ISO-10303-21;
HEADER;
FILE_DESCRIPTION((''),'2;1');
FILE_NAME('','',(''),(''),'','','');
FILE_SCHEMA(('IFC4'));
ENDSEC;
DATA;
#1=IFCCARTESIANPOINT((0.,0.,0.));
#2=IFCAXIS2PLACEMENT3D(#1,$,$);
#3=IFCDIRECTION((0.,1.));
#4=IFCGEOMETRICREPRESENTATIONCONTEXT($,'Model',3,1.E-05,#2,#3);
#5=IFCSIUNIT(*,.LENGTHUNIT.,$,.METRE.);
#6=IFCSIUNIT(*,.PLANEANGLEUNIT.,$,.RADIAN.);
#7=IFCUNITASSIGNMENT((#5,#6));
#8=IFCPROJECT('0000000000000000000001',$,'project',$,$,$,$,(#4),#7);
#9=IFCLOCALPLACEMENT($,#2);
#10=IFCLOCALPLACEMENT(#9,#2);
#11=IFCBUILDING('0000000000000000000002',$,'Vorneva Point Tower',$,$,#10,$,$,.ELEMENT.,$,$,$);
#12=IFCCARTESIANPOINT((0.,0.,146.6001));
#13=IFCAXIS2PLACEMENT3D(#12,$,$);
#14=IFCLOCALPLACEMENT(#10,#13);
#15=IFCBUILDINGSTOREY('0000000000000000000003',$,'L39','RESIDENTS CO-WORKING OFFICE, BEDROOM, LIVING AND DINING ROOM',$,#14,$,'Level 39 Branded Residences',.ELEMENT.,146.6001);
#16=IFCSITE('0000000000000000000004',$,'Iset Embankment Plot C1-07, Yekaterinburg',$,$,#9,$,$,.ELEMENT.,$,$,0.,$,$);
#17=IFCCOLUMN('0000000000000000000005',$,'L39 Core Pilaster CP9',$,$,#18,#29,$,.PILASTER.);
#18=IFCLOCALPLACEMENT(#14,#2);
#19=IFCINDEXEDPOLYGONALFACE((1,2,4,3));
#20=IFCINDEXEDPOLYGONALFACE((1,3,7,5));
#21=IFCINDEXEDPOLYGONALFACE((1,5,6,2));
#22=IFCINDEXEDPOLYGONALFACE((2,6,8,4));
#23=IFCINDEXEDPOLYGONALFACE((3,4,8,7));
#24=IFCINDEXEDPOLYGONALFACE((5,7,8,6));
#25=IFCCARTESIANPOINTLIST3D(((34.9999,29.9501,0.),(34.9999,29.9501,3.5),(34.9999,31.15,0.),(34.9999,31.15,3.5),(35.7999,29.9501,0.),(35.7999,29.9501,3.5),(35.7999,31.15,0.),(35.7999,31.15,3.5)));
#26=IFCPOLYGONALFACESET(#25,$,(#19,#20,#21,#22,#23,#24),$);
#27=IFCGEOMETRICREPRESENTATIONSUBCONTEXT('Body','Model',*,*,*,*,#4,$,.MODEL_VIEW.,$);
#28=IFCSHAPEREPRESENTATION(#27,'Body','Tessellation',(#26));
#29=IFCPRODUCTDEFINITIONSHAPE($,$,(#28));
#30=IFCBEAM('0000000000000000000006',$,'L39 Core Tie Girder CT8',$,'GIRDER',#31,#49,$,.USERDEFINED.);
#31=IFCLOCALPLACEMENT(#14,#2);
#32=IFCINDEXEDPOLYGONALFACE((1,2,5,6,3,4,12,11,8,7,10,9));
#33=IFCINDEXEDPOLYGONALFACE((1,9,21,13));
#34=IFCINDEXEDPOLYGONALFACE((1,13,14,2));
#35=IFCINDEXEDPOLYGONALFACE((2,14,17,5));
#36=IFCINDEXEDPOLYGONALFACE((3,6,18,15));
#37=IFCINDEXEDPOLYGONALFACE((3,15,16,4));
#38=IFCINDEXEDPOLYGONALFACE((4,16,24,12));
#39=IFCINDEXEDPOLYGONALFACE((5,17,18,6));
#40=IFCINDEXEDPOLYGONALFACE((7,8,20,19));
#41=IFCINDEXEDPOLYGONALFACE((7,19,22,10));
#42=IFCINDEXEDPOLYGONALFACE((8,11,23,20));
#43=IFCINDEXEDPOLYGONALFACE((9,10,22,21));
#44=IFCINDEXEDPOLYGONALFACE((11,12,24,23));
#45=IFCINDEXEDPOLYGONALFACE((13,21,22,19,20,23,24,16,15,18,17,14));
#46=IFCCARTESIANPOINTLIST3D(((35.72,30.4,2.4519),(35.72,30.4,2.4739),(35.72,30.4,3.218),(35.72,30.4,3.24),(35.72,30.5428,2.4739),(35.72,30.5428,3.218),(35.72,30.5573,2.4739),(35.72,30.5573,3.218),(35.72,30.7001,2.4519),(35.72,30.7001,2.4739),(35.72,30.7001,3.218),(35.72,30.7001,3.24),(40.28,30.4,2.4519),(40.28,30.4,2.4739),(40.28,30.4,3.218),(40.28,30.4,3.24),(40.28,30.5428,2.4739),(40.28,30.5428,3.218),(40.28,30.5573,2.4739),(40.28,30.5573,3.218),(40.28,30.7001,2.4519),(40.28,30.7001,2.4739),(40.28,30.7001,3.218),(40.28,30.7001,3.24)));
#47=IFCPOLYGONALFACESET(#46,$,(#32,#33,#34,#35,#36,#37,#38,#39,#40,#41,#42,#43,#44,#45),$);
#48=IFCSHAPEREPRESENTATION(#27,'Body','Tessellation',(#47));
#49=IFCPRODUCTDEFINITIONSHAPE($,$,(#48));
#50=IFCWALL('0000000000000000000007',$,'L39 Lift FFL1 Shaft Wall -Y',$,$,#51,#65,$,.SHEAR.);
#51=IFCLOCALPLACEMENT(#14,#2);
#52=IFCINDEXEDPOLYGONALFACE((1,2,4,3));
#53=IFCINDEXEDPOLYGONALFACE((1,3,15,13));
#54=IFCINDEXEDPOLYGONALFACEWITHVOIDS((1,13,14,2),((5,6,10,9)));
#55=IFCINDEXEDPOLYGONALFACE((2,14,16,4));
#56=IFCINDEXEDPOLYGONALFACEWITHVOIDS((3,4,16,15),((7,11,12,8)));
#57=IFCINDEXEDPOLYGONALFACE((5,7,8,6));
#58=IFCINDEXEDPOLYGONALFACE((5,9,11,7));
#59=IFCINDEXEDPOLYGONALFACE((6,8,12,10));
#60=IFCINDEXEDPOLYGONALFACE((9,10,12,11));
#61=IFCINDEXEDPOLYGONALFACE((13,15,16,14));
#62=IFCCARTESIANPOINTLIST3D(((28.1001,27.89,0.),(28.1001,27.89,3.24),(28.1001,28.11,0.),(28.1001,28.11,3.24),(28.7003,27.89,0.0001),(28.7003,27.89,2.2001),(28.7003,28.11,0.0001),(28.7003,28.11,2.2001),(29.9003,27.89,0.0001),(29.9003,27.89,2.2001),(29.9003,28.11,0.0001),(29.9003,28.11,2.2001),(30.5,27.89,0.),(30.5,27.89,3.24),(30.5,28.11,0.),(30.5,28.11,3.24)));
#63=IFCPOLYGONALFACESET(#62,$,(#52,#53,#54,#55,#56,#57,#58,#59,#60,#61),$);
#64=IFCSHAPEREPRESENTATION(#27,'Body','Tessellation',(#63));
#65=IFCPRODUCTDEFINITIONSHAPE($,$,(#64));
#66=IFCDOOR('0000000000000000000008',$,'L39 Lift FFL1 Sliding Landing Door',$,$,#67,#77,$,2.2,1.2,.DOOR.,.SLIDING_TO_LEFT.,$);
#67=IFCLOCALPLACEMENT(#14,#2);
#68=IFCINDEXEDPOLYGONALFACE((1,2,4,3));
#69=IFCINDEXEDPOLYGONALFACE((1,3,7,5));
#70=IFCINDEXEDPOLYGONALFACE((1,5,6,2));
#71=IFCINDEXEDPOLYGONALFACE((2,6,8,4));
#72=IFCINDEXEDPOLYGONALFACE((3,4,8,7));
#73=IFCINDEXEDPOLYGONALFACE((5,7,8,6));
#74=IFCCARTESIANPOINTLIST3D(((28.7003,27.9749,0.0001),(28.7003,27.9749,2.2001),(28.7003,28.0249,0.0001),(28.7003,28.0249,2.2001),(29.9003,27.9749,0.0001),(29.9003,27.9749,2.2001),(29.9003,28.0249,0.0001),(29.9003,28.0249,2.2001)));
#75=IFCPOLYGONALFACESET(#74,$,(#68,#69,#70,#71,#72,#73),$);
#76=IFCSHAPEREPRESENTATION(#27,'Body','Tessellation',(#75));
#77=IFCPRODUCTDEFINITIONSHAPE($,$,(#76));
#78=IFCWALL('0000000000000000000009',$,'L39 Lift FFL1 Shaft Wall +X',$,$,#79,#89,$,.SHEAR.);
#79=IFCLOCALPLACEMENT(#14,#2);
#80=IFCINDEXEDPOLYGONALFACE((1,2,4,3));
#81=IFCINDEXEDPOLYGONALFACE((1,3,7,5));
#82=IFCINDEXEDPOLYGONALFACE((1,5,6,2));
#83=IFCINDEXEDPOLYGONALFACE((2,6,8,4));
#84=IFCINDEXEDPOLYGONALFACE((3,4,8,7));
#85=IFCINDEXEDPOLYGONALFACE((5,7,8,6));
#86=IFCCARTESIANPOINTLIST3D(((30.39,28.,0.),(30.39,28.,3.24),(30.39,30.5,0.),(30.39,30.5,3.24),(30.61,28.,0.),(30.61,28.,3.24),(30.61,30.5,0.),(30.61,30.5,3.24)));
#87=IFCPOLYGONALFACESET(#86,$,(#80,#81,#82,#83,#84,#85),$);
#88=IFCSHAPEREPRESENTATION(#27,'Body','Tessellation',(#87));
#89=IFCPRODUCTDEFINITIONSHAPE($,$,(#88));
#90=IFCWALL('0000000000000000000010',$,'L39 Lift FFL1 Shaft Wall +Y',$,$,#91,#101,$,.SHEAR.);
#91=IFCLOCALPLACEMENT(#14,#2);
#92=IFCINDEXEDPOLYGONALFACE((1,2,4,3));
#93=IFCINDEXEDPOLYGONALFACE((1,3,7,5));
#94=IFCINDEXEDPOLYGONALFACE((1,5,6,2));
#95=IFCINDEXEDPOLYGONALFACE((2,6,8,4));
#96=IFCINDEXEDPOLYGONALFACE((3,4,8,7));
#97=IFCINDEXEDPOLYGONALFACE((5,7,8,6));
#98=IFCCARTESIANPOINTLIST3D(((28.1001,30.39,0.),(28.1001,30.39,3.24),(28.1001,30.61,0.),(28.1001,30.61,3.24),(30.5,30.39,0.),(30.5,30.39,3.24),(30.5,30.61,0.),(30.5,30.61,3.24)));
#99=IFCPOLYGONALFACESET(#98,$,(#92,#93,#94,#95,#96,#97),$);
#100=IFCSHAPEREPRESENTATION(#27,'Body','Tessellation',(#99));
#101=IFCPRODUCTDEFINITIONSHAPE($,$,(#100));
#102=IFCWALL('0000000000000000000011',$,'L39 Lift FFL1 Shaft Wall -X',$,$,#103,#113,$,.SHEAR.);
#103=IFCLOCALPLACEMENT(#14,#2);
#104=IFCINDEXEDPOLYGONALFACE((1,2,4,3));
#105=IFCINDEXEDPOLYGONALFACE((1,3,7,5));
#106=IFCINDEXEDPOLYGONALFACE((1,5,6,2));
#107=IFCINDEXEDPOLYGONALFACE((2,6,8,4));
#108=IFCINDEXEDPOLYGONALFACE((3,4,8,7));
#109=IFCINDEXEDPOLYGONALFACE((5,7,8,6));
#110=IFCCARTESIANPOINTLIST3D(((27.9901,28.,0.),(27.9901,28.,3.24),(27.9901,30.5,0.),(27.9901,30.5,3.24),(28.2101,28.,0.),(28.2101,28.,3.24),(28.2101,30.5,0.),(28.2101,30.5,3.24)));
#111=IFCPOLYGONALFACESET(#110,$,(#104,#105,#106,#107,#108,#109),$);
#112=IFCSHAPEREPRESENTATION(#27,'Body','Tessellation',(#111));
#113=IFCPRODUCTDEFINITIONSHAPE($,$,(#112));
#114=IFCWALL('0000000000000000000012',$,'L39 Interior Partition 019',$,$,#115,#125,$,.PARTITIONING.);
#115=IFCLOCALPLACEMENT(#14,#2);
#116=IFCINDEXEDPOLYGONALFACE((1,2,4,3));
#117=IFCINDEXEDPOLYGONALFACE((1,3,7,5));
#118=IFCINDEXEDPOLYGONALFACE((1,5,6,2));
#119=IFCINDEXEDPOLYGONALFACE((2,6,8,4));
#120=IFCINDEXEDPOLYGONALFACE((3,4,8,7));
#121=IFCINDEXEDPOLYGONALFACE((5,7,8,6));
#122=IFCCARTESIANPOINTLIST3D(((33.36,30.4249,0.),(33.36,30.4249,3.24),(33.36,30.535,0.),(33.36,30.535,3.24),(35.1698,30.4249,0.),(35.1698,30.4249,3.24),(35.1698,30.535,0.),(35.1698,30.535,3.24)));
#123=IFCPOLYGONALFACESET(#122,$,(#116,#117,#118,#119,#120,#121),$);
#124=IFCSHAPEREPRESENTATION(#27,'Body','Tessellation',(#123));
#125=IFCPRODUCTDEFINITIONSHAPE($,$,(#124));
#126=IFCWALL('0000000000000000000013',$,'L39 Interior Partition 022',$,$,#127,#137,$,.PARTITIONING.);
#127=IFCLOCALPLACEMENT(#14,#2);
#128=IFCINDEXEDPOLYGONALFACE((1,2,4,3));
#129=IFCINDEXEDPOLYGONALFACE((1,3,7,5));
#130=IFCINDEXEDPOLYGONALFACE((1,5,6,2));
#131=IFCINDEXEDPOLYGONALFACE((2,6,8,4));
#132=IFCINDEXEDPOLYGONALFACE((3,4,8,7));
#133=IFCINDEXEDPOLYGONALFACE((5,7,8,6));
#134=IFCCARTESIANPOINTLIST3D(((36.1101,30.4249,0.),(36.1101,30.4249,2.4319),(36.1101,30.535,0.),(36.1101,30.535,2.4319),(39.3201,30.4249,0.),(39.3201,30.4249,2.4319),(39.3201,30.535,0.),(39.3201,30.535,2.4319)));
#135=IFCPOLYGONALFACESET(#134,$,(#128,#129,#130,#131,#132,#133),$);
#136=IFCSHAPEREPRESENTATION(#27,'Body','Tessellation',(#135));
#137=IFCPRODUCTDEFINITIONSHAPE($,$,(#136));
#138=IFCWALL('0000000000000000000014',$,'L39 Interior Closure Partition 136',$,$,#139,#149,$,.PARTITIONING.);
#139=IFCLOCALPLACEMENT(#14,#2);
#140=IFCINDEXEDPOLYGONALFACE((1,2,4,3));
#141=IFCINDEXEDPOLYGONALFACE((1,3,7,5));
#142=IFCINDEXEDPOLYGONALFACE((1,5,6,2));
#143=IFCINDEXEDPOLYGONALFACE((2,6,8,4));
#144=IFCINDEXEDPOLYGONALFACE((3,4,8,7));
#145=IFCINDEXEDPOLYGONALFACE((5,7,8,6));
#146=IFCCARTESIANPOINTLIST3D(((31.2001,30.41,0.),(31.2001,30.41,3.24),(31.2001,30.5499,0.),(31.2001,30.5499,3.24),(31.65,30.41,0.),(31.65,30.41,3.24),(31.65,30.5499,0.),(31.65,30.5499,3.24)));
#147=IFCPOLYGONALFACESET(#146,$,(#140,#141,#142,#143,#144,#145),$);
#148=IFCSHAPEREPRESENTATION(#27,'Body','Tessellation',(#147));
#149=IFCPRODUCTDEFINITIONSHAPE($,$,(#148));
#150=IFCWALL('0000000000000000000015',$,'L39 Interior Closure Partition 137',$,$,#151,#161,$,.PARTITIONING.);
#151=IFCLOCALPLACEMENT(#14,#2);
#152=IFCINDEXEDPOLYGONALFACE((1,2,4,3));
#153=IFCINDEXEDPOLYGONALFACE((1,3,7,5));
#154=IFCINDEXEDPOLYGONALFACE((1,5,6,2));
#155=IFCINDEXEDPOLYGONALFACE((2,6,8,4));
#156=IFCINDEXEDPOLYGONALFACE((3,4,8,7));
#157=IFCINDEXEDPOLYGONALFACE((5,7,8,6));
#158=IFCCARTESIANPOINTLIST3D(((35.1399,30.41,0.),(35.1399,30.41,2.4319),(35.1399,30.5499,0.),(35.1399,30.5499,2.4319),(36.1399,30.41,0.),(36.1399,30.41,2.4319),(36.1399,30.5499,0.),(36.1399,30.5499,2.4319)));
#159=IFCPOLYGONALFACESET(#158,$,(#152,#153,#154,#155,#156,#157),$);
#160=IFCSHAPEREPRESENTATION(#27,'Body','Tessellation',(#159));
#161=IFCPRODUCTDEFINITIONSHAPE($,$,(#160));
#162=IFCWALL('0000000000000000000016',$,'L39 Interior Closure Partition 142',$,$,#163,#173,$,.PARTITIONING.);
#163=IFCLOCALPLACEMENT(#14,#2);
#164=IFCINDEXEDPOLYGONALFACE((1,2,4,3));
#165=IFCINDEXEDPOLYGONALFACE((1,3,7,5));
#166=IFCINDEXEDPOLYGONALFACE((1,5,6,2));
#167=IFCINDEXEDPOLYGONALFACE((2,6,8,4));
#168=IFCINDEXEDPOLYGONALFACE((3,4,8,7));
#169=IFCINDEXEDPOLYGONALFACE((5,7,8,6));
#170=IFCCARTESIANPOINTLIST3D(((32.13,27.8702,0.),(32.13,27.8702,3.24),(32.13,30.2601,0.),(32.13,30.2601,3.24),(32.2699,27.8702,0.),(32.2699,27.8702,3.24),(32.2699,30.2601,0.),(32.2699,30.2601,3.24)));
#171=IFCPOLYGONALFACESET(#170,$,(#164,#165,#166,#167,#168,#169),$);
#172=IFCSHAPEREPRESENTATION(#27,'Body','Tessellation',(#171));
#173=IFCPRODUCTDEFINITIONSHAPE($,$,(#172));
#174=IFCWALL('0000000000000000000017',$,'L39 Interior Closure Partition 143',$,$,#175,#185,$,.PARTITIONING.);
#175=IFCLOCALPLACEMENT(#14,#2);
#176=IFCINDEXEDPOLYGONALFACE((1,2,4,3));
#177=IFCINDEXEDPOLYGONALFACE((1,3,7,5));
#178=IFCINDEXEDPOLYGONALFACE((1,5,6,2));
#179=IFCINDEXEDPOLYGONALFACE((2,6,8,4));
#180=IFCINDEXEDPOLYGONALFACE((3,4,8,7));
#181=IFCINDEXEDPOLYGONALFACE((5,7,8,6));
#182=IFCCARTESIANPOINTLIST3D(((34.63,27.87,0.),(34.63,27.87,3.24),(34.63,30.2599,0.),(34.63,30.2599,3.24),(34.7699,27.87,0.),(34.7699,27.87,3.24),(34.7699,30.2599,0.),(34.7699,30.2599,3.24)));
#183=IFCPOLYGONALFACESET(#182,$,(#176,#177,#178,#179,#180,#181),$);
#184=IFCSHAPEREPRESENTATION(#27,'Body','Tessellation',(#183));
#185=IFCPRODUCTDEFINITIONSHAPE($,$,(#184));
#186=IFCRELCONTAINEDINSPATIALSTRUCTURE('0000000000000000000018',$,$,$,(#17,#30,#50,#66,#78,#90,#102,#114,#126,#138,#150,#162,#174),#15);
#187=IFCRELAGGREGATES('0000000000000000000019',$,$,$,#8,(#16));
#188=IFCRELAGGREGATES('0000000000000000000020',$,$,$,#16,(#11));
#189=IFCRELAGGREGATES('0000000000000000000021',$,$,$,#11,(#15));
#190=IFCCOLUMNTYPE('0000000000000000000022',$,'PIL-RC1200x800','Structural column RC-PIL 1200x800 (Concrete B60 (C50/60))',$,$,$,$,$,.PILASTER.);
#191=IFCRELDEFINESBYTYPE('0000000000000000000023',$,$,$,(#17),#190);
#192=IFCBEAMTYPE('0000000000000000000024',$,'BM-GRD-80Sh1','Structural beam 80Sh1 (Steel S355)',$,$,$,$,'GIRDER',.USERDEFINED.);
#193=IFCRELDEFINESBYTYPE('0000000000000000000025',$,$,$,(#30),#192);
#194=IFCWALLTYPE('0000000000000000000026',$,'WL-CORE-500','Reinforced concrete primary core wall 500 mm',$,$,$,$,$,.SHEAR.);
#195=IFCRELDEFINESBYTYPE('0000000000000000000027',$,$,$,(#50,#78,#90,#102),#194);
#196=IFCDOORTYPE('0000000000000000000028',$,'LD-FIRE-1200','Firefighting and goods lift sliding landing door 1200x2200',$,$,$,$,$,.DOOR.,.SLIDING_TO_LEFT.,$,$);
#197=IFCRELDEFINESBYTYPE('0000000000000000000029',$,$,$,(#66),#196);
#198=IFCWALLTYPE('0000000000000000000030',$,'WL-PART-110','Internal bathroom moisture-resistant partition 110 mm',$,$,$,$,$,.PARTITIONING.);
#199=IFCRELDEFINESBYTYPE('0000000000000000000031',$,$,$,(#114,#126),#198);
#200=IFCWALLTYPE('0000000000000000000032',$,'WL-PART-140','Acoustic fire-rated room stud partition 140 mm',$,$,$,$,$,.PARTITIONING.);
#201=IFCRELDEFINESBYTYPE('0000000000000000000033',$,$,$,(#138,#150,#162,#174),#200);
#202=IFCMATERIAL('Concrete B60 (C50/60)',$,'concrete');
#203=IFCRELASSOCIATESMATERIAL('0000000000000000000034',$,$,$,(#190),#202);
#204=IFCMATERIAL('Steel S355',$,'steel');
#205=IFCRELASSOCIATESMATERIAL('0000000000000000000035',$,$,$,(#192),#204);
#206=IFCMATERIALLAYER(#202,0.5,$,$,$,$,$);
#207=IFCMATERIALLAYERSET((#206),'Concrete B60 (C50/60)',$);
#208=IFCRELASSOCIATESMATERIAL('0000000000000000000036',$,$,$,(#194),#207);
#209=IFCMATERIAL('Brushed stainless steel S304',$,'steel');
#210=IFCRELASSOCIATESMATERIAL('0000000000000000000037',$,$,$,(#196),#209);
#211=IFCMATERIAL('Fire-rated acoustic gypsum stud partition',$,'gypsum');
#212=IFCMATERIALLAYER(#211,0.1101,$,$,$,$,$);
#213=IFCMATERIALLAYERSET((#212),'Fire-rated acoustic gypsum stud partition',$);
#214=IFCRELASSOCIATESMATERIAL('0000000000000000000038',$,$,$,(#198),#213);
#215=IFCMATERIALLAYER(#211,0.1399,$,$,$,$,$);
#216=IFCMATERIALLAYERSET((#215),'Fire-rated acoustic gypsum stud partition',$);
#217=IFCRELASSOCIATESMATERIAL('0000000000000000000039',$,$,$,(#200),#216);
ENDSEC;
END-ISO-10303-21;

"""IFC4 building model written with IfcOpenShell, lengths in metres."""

from ifc_helpers import new_model, si_unit, direction, frame, frame_2d, origin, origin_2d, place, context, subcontext, project, spatial, rectangle, i_section, extrude, material, layer, layer_set, material_profile, profile_set, type_object, element, fill, save


model = new_model("IFC4")

# Units and contexts
model_context = context("Model", 3, precision=1e-05, world=origin(), true_north=direction((0.0, 1.0)))
body_context = subcontext(model_context, "Body", "Model", "MODEL_VIEW")
ifc_project = project(units=[si_unit("LENGTHUNIT", "METRE"), si_unit("PLANEANGLEUNIT", "RADIAN")], contexts=[model_context])

# Site, building, storey
site_placement = place(None, origin())
site = spatial("IfcSite", under=ifc_project, at=site_placement, Name="Iset Embankment Plot C1-07, Yekaterinburg", CompositionType="ELEMENT", RefElevation=0.0)
building_placement = place(site_placement, origin())
building = spatial("IfcBuilding", under=site, at=building_placement, Name="Vorneva Point Tower", CompositionType="ELEMENT")
storey_placement = place(building_placement, frame((0.0, 0.0, 146.6001)))
storey = spatial("IfcBuildingStorey", under=building, at=storey_placement, Name="L39", Description="RESIDENTS CO-WORKING OFFICE, BEDROOM, LIVING AND DINING ROOM", LongName="Level 39 Branded Residences", CompositionType="ELEMENT", Elevation=146.6001)

# Column
ifc_material_1 = material(Name="Concrete B60 (C50/60)", Category="concrete")
ifc_material_profile_1 = material_profile(ifc_material_1, rectangle(XDim=0.8, YDim=1.2, at=origin_2d()), Name="RC-PIL 1200x800")
ifc_profile_set_1 = profile_set([ifc_material_profile_1], Name="Concrete B60 (C50/60)")
column_type = type_object("IfcColumnType", Name="PIL-RC1200x800", Description="Structural column RC-PIL 1200x800 (Concrete B60 (C50/60))", PredefinedType="PILASTER", material=ifc_profile_set_1)
column_placement = place(storey_placement, frame((35.3999, 30.55, 0.0), z_axis=(0.0, 0.0, 1.0), x_axis=(1.0, 0.0, 0.0)))
element("IfcColumn", 1, at=column_placement, inside=storey, type_object=column_type, Name="L39 Core Pilaster CP9", PredefinedType="PILASTER", context=body_context, shape_type="SweptSolid", body=[
    extrude(rectangle(XDim=0.8, YDim=1.2, at=origin_2d()), origin(), (0.0, 0.0, 1.0), 3.5),
])

# Beam
ifc_material_2 = material(Name="Steel S355", Category="steel")
ifc_material_profile_2 = material_profile(ifc_material_2, i_section(OverallWidth=0.3, OverallDepth=0.7881, WebThickness=0.0144, FlangeThickness=0.022, at=origin_2d()), Name="80Sh1")
ifc_profile_set_2 = profile_set([ifc_material_profile_2], Name="Steel S355")
beam_type = type_object("IfcBeamType", Name="BM-GRD-80Sh1", Description="Structural beam 80Sh1 (Steel S355)", ElementType="GIRDER", PredefinedType="USERDEFINED", material=ifc_profile_set_2)
beam_placement = place(storey_placement, frame((35.72, 30.55, 2.8459), z_axis=(1.0, 0.0, 0.0), x_axis=(0.0, 1.0, 0.0)))
element("IfcBeam", 2, at=beam_placement, inside=storey, type_object=beam_type, Name="L39 Core Tie Girder CT8", ObjectType="GIRDER", PredefinedType="USERDEFINED", context=body_context, shape_type="SweptSolid", body=[
    extrude(i_section(OverallWidth=0.3, OverallDepth=0.7881, WebThickness=0.0144, FlangeThickness=0.022, at=origin_2d()), origin(), (0.0, 0.0, 1.0), 4.5601),
])

# Wall, opening, door
ifc_layer_1 = layer(ifc_material_1, 0.5)
ifc_layer_set_1 = layer_set([ifc_layer_1], Name="Concrete B60 (C50/60)")
wall_type_1 = type_object("IfcWallType", Name="WL-CORE-500", Description="Reinforced concrete primary core wall 500 mm", PredefinedType="SHEAR", material=ifc_layer_set_1)
wall_1_placement = place(storey_placement, frame((28.1001, 28.0, 0.0), z_axis=(0.0, 0.0, 1.0), x_axis=(1.0, 0.0, 0.0)))
wall_1 = element("IfcWall", 3, at=wall_1_placement, inside=storey, type_object=wall_type_1, Name="L39 Lift FFL1 Shaft Wall -Y", PredefinedType="SHEAR", context=body_context, shape_type="SweptSolid", body=[
    extrude(rectangle(XDim=2.3999, YDim=0.22, at=frame_2d((1.2, 0.0))), origin(), (0.0, 0.0, 1.0), 3.24),
])
opening_1_placement = place(wall_1_placement, frame((0.6001, 0.0, 0.0)))
opening_1 = element("IfcOpeningElement", 4, at=opening_1_placement, cuts=wall_1, PredefinedType="OPENING", context=body_context, shape_type="SweptSolid", body=[
    extrude(rectangle(XDim=1.2, YDim=2.2, at=frame_2d((0.6001, 1.1001))), frame((0.0, 0.125, 0.0), z_axis=(0.0, -1.0, 0.0), x_axis=(1.0, 0.0, 0.0)), (0.0, 0.0, 1.0), 0.2498),
])
ifc_material_3 = material(Name="Brushed stainless steel S304", Category="steel")
door_type_1 = type_object("IfcDoorType", Name="LD-FIRE-1200", Description="Firefighting and goods lift sliding landing door 1200x2200", OperationType="SLIDING_TO_LEFT", PredefinedType="DOOR", material=ifc_material_3)
door_1_placement = place(opening_1_placement, origin())
door_1 = element("IfcDoor", 5, at=door_1_placement, inside=storey, type_object=door_type_1, Name="L39 Lift FFL1 Sliding Landing Door", OperationType="SLIDING_TO_LEFT", OverallHeight=2.2, OverallWidth=1.2, PredefinedType="DOOR", context=body_context, shape_type="SweptSolid", body=[
    extrude(rectangle(XDim=1.2, YDim=2.2, at=frame_2d((0.6001, 1.1001))), frame((0.0, 0.0249, 0.0), z_axis=(0.0, -1.0, 0.0), x_axis=(1.0, 0.0, 0.0)), (0.0, 0.0, 1.0), 0.05),
])
fill(opening_1, door_1)

# Walls
wall_2_placement = place(storey_placement, frame((30.5, 28.0, 0.0), z_axis=(0.0, 0.0, 1.0), x_axis=(0.0, 1.0, 0.0)))
element("IfcWall", 6, at=wall_2_placement, inside=storey, type_object=wall_type_1, Name="L39 Lift FFL1 Shaft Wall +X", PredefinedType="SHEAR", context=body_context, shape_type="SweptSolid", body=[
    extrude(rectangle(XDim=2.5, YDim=0.22, at=frame_2d((1.25, 0.0))), origin(), (0.0, 0.0, 1.0), 3.24),
])
wall_3_placement = place(storey_placement, frame((30.5, 30.5, 0.0), z_axis=(0.0, 0.0, 1.0), x_axis=(-1.0, 0.0, 0.0)))
element("IfcWall", 7, at=wall_3_placement, inside=storey, type_object=wall_type_1, Name="L39 Lift FFL1 Shaft Wall +Y", PredefinedType="SHEAR", context=body_context, shape_type="SweptSolid", body=[
    extrude(rectangle(XDim=2.3999, YDim=0.22, at=frame_2d((1.2, 0.0))), origin(), (0.0, 0.0, 1.0), 3.24),
])
wall_4_placement = place(storey_placement, frame((28.1001, 30.5, 0.0), z_axis=(0.0, 0.0, 1.0), x_axis=(0.0, -1.0, 0.0)))
element("IfcWall", 8, at=wall_4_placement, inside=storey, type_object=wall_type_1, Name="L39 Lift FFL1 Shaft Wall -X", PredefinedType="SHEAR", context=body_context, shape_type="SweptSolid", body=[
    extrude(rectangle(XDim=2.5, YDim=0.22, at=frame_2d((1.25, 0.0))), origin(), (0.0, 0.0, 1.0), 3.24),
])
ifc_material_4 = material(Name="Fire-rated acoustic gypsum stud partition", Category="gypsum")
ifc_layer_2 = layer(ifc_material_4, 0.1101)
ifc_layer_set_2 = layer_set([ifc_layer_2], Name="Fire-rated acoustic gypsum stud partition")
wall_type_2 = type_object("IfcWallType", Name="WL-PART-110", Description="Internal bathroom moisture-resistant partition 110 mm", PredefinedType="PARTITIONING", material=ifc_layer_set_2)
wall_5_placement = place(storey_placement, frame((33.3601, 30.48, 0.0), z_axis=(0.0, 0.0, 1.0), x_axis=(1.0, 0.0, 0.0)))
element("IfcWall", 9, at=wall_5_placement, inside=storey, type_object=wall_type_2, Name="L39 Interior Partition 019", PredefinedType="PARTITIONING", context=body_context, shape_type="SweptSolid", body=[
    extrude(rectangle(XDim=1.8098, YDim=0.1101, at=frame_2d((0.9048, 0.0))), origin(), (0.0, 0.0, 1.0), 3.24),
])
wall_6_placement = place(storey_placement, frame((36.1101, 30.48, 0.0), z_axis=(0.0, 0.0, 1.0), x_axis=(1.0, 0.0, 0.0)))
element("IfcWall", 10, at=wall_6_placement, inside=storey, type_object=wall_type_2, Name="L39 Interior Partition 022", PredefinedType="PARTITIONING", context=body_context, shape_type="SweptSolid", body=[
    extrude(rectangle(XDim=3.21, YDim=0.1101, at=frame_2d((1.605, 0.0))), origin(), (0.0, 0.0, 1.0), 2.4319),
])
ifc_layer_3 = layer(ifc_material_4, 0.1399)
ifc_layer_set_3 = layer_set([ifc_layer_3], Name="Fire-rated acoustic gypsum stud partition")
wall_type_3 = type_object("IfcWallType", Name="WL-PART-140", Description="Acoustic fire-rated room stud partition 140 mm", PredefinedType="PARTITIONING", material=ifc_layer_set_3)
wall_7_placement = place(storey_placement, frame((31.2, 30.48, 0.0), z_axis=(0.0, 0.0, 1.0), x_axis=(1.0, 0.0, 0.0)))
element("IfcWall", 11, at=wall_7_placement, inside=storey, type_object=wall_type_3, Name="L39 Interior Closure Partition 136", PredefinedType="PARTITIONING", context=body_context, shape_type="SweptSolid", body=[
    extrude(rectangle(XDim=0.45, YDim=0.1399, at=frame_2d((0.2251, 0.0))), origin(), (0.0, 0.0, 1.0), 3.24),
])
wall_8_placement = place(storey_placement, frame((35.1399, 30.48, 0.0), z_axis=(0.0, 0.0, 1.0), x_axis=(1.0, 0.0, 0.0)))
element("IfcWall", 12, at=wall_8_placement, inside=storey, type_object=wall_type_3, Name="L39 Interior Closure Partition 137", PredefinedType="PARTITIONING", context=body_context, shape_type="SweptSolid", body=[
    extrude(rectangle(XDim=1.0, YDim=0.1399, at=frame_2d((0.5, 0.0))), origin(), (0.0, 0.0, 1.0), 2.4319),
])
for number, where, z_axis, x_axis, name in (
    (13, (32.2, 30.26, 0.0), (0.0, 0.0, 1.0), (0.0, -1.0, 0.0), "L39 Interior Closure Partition 142"),
    (14, (34.7, 27.8701, 0.0), (0.0, 0.0, 1.0), (0.0, 1.0, 0.0), "L39 Interior Closure Partition 143"),
):
    element("IfcWall", number, at=place(storey_placement, frame(where, z_axis=z_axis, x_axis=x_axis)), inside=storey, type_object=wall_type_3, Name=name, PredefinedType="PARTITIONING", context=body_context, shape_type="SweptSolid", body=[
        extrude(rectangle(XDim=2.3899, YDim=0.1399, at=frame_2d((1.1948, 0.0))), origin(), (0.0, 0.0, 1.0), 3.24),
    ])

save(model, "model.ifc")
